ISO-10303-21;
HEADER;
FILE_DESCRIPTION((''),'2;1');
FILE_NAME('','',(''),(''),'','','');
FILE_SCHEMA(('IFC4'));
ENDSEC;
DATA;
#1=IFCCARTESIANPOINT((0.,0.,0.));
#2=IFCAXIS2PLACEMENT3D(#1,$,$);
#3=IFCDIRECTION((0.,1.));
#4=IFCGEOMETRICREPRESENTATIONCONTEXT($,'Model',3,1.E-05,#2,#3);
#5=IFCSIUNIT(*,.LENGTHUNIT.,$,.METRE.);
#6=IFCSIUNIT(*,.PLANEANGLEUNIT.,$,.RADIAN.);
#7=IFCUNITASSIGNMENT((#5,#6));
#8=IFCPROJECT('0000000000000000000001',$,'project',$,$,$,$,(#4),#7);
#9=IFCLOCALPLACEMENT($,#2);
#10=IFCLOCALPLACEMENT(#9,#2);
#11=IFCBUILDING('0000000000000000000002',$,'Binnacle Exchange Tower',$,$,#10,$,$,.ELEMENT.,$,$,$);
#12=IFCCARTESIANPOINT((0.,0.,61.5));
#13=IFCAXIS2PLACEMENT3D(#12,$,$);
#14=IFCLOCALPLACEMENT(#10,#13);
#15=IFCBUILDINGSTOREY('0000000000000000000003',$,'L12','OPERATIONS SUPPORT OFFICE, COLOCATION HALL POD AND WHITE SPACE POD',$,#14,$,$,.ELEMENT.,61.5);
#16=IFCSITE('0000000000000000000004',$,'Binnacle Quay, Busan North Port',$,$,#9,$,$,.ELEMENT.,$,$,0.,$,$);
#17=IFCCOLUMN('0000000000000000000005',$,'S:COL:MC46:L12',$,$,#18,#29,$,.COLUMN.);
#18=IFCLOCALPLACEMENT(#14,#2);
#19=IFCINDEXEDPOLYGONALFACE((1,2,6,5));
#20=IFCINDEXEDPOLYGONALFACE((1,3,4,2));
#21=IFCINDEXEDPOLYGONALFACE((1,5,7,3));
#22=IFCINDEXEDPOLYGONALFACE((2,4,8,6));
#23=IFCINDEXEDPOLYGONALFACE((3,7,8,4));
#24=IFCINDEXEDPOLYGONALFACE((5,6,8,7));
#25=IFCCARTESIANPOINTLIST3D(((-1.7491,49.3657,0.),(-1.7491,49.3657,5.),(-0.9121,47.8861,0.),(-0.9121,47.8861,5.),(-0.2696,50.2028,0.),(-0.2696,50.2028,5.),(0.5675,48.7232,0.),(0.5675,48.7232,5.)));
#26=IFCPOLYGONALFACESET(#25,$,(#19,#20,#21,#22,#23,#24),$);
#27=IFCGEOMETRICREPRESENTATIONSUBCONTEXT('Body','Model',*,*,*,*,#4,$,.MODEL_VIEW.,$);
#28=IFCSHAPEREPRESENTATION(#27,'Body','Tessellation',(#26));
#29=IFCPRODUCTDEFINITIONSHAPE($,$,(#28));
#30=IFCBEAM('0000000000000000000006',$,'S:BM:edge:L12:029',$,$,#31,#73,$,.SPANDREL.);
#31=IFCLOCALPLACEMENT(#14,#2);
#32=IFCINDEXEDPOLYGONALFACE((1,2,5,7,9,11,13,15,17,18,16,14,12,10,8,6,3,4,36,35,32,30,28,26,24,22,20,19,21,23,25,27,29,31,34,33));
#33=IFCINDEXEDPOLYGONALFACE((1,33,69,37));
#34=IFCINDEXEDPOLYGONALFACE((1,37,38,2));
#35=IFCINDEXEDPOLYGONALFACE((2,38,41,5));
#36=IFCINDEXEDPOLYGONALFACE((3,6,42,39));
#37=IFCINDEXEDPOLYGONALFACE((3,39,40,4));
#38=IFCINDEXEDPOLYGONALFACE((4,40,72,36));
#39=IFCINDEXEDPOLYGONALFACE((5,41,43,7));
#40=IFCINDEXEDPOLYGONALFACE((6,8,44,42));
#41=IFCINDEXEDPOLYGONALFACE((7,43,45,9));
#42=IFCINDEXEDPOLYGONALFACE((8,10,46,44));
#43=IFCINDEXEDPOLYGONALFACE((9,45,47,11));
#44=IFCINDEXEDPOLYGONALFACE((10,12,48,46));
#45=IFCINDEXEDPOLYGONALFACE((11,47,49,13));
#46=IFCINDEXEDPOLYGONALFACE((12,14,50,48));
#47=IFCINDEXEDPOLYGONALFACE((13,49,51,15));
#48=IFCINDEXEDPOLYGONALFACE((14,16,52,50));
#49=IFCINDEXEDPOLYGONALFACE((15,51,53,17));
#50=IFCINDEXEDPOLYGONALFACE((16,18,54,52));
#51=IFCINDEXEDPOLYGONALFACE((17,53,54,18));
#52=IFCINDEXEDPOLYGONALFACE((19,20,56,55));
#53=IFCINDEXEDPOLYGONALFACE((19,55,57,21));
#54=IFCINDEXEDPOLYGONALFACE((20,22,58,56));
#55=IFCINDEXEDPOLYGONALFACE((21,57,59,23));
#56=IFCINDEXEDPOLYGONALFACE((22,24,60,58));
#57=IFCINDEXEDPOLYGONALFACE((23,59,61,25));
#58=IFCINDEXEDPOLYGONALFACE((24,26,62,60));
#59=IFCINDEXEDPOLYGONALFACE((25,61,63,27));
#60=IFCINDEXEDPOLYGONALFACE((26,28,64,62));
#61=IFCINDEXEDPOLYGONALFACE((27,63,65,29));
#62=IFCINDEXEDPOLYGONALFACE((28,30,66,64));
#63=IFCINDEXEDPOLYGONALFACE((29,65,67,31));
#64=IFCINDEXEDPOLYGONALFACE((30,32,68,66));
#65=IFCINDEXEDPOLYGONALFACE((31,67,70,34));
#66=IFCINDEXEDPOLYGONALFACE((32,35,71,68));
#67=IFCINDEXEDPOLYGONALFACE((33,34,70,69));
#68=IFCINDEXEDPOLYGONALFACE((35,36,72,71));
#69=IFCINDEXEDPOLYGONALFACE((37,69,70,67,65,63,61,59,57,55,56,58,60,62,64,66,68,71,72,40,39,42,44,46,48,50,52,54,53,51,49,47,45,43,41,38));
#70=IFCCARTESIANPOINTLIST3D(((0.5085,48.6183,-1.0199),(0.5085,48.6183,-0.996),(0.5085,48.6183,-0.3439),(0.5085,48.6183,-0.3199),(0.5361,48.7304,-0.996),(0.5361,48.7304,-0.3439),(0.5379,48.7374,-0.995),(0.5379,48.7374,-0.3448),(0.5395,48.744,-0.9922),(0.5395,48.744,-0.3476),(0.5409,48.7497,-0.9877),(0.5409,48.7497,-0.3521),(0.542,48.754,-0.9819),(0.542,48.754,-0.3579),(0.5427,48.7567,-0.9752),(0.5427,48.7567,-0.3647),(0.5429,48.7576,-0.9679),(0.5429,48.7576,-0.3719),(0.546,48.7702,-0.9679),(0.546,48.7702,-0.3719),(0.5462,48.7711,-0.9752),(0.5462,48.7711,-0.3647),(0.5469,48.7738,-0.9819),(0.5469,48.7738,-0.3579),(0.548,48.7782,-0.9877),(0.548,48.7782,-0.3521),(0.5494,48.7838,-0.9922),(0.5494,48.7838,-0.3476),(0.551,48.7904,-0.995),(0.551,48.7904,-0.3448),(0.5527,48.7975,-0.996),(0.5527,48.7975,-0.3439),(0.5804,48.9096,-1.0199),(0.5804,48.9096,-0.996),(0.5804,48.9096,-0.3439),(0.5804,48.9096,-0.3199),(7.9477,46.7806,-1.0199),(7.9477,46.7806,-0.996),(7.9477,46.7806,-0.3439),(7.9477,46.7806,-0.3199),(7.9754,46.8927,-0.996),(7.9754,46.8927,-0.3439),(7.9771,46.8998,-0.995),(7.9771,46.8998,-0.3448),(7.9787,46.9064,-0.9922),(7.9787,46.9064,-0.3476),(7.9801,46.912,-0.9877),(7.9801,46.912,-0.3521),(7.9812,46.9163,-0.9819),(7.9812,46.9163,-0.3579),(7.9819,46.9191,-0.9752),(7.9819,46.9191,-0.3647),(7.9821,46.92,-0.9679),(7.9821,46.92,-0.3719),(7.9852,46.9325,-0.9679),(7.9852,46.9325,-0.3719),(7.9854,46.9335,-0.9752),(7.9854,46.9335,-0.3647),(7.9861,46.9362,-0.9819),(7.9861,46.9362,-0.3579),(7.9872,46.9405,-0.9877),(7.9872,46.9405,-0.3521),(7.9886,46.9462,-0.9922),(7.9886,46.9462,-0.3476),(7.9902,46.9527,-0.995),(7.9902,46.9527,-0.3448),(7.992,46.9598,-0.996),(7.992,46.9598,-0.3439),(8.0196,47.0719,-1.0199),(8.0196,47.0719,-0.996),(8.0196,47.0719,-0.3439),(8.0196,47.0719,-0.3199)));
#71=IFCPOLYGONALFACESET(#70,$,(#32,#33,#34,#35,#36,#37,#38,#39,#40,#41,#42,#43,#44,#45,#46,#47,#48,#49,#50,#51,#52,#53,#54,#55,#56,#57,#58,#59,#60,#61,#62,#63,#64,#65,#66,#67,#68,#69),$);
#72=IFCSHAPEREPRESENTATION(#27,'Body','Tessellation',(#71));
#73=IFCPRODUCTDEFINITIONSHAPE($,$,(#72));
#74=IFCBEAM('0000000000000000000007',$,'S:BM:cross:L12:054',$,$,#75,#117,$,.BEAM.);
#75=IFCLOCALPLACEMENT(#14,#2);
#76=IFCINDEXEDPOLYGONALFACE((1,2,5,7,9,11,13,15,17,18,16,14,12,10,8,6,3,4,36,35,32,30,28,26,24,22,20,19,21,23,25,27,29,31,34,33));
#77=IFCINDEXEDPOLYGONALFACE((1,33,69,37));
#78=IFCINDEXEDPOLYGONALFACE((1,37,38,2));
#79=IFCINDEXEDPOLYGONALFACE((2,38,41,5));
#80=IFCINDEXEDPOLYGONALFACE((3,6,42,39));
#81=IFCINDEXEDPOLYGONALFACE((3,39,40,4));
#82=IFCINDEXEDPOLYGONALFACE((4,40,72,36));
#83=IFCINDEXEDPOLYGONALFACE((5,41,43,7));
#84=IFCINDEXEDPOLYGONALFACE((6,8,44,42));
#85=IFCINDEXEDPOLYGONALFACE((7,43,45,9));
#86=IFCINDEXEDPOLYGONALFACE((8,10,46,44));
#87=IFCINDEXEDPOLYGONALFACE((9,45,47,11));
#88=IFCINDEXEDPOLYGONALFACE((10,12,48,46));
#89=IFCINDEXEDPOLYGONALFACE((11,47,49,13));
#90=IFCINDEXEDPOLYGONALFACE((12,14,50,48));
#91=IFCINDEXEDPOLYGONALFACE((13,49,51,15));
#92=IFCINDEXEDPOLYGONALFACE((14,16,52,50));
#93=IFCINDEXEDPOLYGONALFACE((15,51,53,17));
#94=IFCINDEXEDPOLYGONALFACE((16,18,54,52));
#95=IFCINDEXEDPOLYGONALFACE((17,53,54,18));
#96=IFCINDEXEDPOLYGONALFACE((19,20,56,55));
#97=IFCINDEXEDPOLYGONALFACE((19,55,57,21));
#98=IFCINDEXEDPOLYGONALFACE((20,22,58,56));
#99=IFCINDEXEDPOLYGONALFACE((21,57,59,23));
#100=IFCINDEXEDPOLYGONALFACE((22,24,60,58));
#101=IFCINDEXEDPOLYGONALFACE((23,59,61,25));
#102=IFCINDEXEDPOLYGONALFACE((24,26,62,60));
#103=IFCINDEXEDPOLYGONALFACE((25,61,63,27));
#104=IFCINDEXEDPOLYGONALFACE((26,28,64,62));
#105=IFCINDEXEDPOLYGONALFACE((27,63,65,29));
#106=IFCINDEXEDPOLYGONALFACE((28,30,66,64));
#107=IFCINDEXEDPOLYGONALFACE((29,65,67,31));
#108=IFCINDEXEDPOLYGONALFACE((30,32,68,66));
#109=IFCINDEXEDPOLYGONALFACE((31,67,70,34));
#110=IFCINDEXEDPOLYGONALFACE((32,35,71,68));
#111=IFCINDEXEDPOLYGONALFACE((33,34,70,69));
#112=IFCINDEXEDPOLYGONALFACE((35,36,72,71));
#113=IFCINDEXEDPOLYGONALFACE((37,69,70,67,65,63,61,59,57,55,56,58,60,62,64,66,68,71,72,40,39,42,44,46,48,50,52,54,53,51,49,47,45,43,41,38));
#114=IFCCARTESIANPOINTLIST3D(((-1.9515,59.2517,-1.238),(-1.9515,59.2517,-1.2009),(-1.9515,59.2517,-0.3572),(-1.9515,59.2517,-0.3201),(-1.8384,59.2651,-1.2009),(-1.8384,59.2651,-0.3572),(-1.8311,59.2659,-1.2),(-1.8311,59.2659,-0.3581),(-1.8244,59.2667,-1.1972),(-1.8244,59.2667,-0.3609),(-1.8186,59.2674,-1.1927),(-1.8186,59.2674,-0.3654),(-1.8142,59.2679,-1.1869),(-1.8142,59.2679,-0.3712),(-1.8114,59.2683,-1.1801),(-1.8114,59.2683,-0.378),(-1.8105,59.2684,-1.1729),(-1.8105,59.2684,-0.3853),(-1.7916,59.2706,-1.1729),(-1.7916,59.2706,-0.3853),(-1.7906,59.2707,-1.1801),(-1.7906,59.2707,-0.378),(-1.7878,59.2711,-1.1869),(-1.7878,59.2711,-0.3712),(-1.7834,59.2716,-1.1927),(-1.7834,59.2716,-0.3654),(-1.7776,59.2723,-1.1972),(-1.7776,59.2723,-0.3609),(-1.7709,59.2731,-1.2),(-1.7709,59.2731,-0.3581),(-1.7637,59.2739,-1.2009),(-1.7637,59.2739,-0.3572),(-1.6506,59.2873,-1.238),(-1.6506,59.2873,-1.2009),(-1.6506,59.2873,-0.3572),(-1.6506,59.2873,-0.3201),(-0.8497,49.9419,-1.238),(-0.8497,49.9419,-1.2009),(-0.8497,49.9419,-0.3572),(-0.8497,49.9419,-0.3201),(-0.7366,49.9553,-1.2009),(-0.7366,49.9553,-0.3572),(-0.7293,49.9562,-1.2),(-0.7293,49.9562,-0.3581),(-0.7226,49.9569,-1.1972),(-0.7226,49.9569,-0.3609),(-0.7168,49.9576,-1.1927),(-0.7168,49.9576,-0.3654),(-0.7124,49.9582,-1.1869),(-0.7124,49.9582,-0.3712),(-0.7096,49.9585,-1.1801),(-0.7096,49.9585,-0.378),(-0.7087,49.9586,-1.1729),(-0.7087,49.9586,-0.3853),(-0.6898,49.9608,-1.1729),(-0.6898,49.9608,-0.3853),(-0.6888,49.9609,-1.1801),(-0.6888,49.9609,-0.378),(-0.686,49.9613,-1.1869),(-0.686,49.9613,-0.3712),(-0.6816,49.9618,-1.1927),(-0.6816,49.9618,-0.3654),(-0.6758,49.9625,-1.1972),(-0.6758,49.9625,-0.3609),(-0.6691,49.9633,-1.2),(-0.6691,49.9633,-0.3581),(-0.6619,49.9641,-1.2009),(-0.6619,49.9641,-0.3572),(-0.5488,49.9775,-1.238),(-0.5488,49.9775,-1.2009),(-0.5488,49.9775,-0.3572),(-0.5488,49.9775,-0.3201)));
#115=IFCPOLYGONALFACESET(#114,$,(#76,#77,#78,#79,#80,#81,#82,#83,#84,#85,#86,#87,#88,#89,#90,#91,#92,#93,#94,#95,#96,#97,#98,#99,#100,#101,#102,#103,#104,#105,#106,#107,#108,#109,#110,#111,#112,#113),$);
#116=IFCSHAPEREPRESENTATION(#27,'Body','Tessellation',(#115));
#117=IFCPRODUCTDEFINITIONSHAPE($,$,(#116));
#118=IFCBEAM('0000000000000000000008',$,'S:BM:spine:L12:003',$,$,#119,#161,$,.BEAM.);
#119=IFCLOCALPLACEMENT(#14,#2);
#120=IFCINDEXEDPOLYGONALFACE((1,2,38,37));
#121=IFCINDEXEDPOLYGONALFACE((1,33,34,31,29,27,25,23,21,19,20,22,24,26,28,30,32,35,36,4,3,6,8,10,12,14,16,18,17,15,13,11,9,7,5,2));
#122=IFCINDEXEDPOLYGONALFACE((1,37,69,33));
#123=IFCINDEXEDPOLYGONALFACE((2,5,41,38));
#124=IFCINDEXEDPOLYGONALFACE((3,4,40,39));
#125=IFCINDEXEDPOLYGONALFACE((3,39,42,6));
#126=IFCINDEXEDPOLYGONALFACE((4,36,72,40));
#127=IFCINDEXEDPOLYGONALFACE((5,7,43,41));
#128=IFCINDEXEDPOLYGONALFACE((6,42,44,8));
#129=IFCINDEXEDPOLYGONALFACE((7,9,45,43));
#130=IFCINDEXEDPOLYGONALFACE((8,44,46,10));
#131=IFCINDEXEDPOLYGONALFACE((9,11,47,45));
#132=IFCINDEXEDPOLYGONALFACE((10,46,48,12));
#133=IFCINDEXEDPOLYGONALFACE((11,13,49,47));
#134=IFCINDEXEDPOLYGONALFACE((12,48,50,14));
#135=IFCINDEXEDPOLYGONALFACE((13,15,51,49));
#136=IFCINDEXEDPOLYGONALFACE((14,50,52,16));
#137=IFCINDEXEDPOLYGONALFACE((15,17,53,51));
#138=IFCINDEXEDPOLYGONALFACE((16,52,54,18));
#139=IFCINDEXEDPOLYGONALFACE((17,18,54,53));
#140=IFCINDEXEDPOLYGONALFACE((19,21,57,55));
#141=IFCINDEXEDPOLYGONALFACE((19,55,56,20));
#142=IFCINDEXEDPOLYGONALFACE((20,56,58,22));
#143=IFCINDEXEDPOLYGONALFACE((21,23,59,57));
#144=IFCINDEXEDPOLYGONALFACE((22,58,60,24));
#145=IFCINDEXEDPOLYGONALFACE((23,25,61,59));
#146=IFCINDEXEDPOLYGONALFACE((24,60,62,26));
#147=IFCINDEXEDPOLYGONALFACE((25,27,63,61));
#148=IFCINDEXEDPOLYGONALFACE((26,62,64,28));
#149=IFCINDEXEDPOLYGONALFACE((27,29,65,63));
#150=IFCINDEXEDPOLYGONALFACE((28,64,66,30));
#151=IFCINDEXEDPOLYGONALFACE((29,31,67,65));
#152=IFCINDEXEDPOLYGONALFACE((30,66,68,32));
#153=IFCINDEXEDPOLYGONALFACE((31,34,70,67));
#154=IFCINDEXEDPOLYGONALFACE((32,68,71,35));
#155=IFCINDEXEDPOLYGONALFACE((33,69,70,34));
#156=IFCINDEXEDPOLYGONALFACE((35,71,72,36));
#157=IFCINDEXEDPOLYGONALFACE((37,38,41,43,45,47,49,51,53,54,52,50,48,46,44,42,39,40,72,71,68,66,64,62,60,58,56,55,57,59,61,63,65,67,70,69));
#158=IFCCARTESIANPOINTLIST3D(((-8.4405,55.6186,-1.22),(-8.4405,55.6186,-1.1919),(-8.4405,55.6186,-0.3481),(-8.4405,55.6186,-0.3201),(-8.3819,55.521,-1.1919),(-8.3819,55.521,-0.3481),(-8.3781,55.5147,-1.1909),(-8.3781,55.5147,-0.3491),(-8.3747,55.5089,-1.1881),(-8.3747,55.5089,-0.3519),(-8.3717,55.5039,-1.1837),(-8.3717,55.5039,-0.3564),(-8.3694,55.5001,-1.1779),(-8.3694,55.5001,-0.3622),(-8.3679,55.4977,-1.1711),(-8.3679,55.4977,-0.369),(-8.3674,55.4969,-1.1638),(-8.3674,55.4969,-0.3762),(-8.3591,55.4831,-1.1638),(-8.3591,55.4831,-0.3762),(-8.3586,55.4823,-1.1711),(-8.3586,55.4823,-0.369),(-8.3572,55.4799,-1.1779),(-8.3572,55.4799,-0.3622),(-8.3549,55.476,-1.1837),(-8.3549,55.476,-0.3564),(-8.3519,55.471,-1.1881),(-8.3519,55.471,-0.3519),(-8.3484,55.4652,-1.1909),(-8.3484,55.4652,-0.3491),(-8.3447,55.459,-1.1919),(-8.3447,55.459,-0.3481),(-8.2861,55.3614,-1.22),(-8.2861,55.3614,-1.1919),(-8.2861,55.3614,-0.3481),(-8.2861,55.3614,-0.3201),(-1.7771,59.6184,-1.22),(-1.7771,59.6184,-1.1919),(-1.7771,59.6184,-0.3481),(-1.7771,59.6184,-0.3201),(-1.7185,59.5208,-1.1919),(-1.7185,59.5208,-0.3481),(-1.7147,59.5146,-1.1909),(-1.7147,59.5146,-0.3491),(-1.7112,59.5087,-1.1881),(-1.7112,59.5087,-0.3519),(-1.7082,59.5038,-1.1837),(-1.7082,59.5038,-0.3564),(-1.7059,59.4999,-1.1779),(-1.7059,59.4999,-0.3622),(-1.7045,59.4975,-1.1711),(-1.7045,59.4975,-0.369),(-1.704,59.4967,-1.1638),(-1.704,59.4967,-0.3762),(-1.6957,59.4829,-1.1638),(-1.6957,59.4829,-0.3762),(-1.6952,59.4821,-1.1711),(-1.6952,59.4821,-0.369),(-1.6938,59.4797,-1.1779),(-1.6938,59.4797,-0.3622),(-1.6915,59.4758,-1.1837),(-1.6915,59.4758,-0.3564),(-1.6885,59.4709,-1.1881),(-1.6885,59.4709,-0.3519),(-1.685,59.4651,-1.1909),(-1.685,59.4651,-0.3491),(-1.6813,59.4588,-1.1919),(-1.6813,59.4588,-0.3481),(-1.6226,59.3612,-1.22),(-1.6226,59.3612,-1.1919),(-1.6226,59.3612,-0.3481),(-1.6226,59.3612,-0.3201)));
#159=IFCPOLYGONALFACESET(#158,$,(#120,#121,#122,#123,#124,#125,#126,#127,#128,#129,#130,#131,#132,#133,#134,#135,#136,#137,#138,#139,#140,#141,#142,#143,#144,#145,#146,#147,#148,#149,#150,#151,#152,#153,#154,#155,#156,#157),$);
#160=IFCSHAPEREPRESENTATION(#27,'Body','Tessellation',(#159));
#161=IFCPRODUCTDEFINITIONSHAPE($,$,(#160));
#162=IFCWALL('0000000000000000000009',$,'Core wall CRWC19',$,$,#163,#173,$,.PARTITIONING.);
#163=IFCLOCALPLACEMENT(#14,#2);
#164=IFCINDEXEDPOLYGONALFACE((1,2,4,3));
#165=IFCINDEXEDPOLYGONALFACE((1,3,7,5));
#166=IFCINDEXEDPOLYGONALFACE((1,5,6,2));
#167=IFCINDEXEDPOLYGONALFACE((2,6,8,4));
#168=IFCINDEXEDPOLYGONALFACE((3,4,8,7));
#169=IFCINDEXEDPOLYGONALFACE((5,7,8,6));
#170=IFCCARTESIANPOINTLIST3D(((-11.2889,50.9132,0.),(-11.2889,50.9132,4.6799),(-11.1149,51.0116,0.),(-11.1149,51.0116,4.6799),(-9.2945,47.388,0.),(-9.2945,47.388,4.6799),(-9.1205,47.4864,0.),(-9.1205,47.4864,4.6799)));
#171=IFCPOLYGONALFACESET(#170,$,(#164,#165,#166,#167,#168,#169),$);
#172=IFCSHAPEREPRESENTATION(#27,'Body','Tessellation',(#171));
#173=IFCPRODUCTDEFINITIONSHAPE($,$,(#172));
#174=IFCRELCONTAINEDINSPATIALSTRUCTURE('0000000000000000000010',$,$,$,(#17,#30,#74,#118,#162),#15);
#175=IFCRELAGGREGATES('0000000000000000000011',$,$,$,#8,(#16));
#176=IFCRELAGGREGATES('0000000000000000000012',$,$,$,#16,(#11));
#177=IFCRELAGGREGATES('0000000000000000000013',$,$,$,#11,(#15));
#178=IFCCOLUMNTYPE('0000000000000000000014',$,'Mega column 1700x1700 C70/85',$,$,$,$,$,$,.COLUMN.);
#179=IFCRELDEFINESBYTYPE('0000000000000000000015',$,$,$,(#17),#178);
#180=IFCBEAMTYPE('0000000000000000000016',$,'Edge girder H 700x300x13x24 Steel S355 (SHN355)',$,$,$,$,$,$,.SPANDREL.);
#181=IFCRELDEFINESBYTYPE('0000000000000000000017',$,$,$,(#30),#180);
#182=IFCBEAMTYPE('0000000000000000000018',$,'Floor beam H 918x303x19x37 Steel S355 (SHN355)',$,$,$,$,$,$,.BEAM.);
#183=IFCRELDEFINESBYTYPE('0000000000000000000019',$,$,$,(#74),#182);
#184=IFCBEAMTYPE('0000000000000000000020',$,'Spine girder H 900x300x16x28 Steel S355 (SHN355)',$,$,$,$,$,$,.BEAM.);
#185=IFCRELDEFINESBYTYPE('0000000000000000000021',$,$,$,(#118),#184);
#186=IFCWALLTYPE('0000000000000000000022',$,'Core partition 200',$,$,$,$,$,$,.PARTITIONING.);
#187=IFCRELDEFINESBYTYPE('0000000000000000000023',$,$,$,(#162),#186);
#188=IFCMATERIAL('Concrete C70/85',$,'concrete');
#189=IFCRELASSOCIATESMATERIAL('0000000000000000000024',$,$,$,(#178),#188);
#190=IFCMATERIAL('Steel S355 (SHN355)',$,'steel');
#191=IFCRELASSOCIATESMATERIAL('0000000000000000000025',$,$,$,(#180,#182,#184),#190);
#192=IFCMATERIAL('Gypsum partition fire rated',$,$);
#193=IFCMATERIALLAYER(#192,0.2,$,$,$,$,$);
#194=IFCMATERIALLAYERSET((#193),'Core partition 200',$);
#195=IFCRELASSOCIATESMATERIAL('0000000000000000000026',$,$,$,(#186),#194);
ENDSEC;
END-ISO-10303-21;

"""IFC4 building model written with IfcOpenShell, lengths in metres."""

from ifc_helpers import new_model, si_unit, direction, frame, frame_2d, origin, origin_2d, place, context, subcontext, project, spatial, rectangle, i_section, extrude, material, layer, layer_set, material_profile, profile_set, type_object, element, save


model = new_model("IFC4")

# Units and contexts
model_context = context("Model", 3, precision=1e-05, world=origin(), true_north=direction((0.0, 1.0)))
body_context = subcontext(model_context, "Body", "Model", "MODEL_VIEW")
ifc_project = project(units=[si_unit("LENGTHUNIT", "METRE"), si_unit("PLANEANGLEUNIT", "RADIAN")], contexts=[model_context])

# Site, building, storey
site_placement = place(None, origin())
site = spatial("IfcSite", under=ifc_project, at=site_placement, Name="Binnacle Quay, Busan North Port", CompositionType="ELEMENT", RefElevation=0.0)
building_placement = place(site_placement, origin())
building = spatial("IfcBuilding", under=site, at=building_placement, Name="Binnacle Exchange Tower", CompositionType="ELEMENT")
storey_placement = place(building_placement, frame((0.0, 0.0, 61.5)))
storey = spatial("IfcBuildingStorey", under=building, at=storey_placement, Name="L12", Description="OPERATIONS SUPPORT OFFICE, COLOCATION HALL POD AND WHITE SPACE POD", CompositionType="ELEMENT", Elevation=61.5)

# Column
ifc_material_1 = material(Name="Concrete C70/85", Category="concrete")
ifc_material_profile_1 = material_profile(ifc_material_1, rectangle(XDim=1.7, YDim=1.7, at=origin_2d()), Name="Mega column 1700x1700 C70/85")
ifc_profile_set_1 = profile_set([ifc_material_profile_1], Name="Concrete C70/85")
column_type = type_object("IfcColumnType", Name="Mega column 1700x1700 C70/85", PredefinedType="COLUMN", material=ifc_profile_set_1)
column_placement = place(storey_placement, frame((-0.5908, 49.0444, 0.0), z_axis=(0.0, 0.0, 1.0), x_axis=(0.870356, 0.492424, 0.0)))
element("IfcColumn", 1, at=column_placement, inside=storey, type_object=column_type, Name="S:COL:MC46:L12", PredefinedType="COLUMN", context=body_context, shape_type="SweptSolid", body=[
    extrude(rectangle(XDim=1.7, YDim=1.7, at=origin_2d()), origin(), (0.0, 0.0, 1.0), 5.0),
])

# Beams
ifc_material_2 = material(Name="Steel S355 (SHN355)", Category="steel")
ifc_material_profile_2 = material_profile(ifc_material_2, i_section(OverallWidth=0.3, OverallDepth=0.7, WebThickness=0.0129, FlangeThickness=0.0239, FilletRadius=0.0281, at=origin_2d()), Name="H 700x300x13x24")
ifc_profile_set_2 = profile_set([ifc_material_profile_2], Name="Steel S355 (SHN355)")
beam_type_1 = type_object("IfcBeamType", Name="Edge girder H 700x300x13x24 Steel S355 (SHN355)", PredefinedType="SPANDREL", material=ifc_profile_set_2)
beam_1_placement = place(storey_placement, frame((0.5444, 48.7639, -0.6699), z_axis=(0.970819, -0.239813, 0.0), x_axis=(0.239813, 0.970819, 0.0)))
element("IfcBeam", 2, at=beam_1_placement, inside=storey, type_object=beam_type_1, Name="S:BM:edge:L12:029", PredefinedType="SPANDREL", context=body_context, shape_type="SweptSolid", body=[
    extrude(i_section(OverallWidth=0.3, OverallDepth=0.7, WebThickness=0.0129, FlangeThickness=0.0239, FilletRadius=0.0281, at=origin_2d()), origin(), (0.0, 0.0, 1.0), 7.6628),
])
ifc_material_profile_3 = material_profile(ifc_material_2, i_section(OverallWidth=0.303, OverallDepth=0.918, WebThickness=0.019, FlangeThickness=0.0371, FilletRadius=0.0281, at=origin_2d()), Name="H 918x303x19x37")
ifc_profile_set_3 = profile_set([ifc_material_profile_3], Name="Steel S355 (SHN355)")
beam_type_2 = type_object("IfcBeamType", Name="Floor beam H 918x303x19x37 Steel S355 (SHN355)", PredefinedType="BEAM", material=ifc_profile_set_3)
beam_2_placement = place(storey_placement, frame((-0.6992, 49.9597, -0.7791), z_axis=(-0.117529, 0.993069, 0.0), x_axis=(-0.993069, -0.117529, 0.0)))
element("IfcBeam", 3, at=beam_2_placement, inside=storey, type_object=beam_type_2, Name="S:BM:cross:L12:054", PredefinedType="BEAM", context=body_context, shape_type="SweptSolid", body=[
    extrude(i_section(OverallWidth=0.303, OverallDepth=0.918, WebThickness=0.019, FlangeThickness=0.0371, FilletRadius=0.0281, at=origin_2d()), origin(), (0.0, 0.0, 1.0), 9.3748),
])
ifc_material_profile_4 = material_profile(ifc_material_2, i_section(OverallWidth=0.3, OverallDepth=0.8999, WebThickness=0.0161, FlangeThickness=0.0281, FilletRadius=0.0281, at=origin_2d()), Name="H 900x300x16x28")
ifc_profile_set_4 = profile_set([ifc_material_profile_4], Name="Steel S355 (SHN355)")
beam_type_3 = type_object("IfcBeamType", Name="Spine girder H 900x300x16x28 Steel S355 (SHN355)", PredefinedType="BEAM", material=ifc_profile_set_4)
beam_3_placement = place(storey_placement, frame((-8.3633, 55.49, -0.77), z_axis=(0.857393, 0.514662, 0.0), x_axis=(-0.514662, 0.857393, 0.0)))
element("IfcBeam", 4, at=beam_3_placement, inside=storey, type_object=beam_type_3, Name="S:BM:spine:L12:003", PredefinedType="BEAM", context=body_context, shape_type="SweptSolid", body=[
    extrude(i_section(OverallWidth=0.3, OverallDepth=0.8999, WebThickness=0.0161, FlangeThickness=0.0281, FilletRadius=0.0281, at=origin_2d()), origin(), (0.0, 0.0, 1.0), 7.7717),
])

# Wall
ifc_material_3 = material(Name="Gypsum partition fire rated")
ifc_layer_1 = layer(ifc_material_3, 0.2)
ifc_layer_set_1 = layer_set([ifc_layer_1], Name="Core partition 200")
wall_type_1 = type_object("IfcWallType", Name="Core partition 200", PredefinedType="PARTITIONING", material=ifc_layer_set_1)
wall_1_placement = place(storey_placement, frame((-11.2019, 50.9624, 0.0), z_axis=(0.0, 0.0, 1.0), x_axis=(0.492415, -0.870361, 0.0)))
element("IfcWall", 5, at=wall_1_placement, inside=storey, type_object=wall_type_1, Name="Core wall CRWC19", PredefinedType="PARTITIONING", context=body_context, shape_type="SweptSolid", body=[
    extrude(rectangle(XDim=4.0503, YDim=0.2, at=frame_2d((2.0251, 0.0))), origin(), (0.0, 0.0, 1.0), 4.6799),
])

save(model, "model.ifc")
